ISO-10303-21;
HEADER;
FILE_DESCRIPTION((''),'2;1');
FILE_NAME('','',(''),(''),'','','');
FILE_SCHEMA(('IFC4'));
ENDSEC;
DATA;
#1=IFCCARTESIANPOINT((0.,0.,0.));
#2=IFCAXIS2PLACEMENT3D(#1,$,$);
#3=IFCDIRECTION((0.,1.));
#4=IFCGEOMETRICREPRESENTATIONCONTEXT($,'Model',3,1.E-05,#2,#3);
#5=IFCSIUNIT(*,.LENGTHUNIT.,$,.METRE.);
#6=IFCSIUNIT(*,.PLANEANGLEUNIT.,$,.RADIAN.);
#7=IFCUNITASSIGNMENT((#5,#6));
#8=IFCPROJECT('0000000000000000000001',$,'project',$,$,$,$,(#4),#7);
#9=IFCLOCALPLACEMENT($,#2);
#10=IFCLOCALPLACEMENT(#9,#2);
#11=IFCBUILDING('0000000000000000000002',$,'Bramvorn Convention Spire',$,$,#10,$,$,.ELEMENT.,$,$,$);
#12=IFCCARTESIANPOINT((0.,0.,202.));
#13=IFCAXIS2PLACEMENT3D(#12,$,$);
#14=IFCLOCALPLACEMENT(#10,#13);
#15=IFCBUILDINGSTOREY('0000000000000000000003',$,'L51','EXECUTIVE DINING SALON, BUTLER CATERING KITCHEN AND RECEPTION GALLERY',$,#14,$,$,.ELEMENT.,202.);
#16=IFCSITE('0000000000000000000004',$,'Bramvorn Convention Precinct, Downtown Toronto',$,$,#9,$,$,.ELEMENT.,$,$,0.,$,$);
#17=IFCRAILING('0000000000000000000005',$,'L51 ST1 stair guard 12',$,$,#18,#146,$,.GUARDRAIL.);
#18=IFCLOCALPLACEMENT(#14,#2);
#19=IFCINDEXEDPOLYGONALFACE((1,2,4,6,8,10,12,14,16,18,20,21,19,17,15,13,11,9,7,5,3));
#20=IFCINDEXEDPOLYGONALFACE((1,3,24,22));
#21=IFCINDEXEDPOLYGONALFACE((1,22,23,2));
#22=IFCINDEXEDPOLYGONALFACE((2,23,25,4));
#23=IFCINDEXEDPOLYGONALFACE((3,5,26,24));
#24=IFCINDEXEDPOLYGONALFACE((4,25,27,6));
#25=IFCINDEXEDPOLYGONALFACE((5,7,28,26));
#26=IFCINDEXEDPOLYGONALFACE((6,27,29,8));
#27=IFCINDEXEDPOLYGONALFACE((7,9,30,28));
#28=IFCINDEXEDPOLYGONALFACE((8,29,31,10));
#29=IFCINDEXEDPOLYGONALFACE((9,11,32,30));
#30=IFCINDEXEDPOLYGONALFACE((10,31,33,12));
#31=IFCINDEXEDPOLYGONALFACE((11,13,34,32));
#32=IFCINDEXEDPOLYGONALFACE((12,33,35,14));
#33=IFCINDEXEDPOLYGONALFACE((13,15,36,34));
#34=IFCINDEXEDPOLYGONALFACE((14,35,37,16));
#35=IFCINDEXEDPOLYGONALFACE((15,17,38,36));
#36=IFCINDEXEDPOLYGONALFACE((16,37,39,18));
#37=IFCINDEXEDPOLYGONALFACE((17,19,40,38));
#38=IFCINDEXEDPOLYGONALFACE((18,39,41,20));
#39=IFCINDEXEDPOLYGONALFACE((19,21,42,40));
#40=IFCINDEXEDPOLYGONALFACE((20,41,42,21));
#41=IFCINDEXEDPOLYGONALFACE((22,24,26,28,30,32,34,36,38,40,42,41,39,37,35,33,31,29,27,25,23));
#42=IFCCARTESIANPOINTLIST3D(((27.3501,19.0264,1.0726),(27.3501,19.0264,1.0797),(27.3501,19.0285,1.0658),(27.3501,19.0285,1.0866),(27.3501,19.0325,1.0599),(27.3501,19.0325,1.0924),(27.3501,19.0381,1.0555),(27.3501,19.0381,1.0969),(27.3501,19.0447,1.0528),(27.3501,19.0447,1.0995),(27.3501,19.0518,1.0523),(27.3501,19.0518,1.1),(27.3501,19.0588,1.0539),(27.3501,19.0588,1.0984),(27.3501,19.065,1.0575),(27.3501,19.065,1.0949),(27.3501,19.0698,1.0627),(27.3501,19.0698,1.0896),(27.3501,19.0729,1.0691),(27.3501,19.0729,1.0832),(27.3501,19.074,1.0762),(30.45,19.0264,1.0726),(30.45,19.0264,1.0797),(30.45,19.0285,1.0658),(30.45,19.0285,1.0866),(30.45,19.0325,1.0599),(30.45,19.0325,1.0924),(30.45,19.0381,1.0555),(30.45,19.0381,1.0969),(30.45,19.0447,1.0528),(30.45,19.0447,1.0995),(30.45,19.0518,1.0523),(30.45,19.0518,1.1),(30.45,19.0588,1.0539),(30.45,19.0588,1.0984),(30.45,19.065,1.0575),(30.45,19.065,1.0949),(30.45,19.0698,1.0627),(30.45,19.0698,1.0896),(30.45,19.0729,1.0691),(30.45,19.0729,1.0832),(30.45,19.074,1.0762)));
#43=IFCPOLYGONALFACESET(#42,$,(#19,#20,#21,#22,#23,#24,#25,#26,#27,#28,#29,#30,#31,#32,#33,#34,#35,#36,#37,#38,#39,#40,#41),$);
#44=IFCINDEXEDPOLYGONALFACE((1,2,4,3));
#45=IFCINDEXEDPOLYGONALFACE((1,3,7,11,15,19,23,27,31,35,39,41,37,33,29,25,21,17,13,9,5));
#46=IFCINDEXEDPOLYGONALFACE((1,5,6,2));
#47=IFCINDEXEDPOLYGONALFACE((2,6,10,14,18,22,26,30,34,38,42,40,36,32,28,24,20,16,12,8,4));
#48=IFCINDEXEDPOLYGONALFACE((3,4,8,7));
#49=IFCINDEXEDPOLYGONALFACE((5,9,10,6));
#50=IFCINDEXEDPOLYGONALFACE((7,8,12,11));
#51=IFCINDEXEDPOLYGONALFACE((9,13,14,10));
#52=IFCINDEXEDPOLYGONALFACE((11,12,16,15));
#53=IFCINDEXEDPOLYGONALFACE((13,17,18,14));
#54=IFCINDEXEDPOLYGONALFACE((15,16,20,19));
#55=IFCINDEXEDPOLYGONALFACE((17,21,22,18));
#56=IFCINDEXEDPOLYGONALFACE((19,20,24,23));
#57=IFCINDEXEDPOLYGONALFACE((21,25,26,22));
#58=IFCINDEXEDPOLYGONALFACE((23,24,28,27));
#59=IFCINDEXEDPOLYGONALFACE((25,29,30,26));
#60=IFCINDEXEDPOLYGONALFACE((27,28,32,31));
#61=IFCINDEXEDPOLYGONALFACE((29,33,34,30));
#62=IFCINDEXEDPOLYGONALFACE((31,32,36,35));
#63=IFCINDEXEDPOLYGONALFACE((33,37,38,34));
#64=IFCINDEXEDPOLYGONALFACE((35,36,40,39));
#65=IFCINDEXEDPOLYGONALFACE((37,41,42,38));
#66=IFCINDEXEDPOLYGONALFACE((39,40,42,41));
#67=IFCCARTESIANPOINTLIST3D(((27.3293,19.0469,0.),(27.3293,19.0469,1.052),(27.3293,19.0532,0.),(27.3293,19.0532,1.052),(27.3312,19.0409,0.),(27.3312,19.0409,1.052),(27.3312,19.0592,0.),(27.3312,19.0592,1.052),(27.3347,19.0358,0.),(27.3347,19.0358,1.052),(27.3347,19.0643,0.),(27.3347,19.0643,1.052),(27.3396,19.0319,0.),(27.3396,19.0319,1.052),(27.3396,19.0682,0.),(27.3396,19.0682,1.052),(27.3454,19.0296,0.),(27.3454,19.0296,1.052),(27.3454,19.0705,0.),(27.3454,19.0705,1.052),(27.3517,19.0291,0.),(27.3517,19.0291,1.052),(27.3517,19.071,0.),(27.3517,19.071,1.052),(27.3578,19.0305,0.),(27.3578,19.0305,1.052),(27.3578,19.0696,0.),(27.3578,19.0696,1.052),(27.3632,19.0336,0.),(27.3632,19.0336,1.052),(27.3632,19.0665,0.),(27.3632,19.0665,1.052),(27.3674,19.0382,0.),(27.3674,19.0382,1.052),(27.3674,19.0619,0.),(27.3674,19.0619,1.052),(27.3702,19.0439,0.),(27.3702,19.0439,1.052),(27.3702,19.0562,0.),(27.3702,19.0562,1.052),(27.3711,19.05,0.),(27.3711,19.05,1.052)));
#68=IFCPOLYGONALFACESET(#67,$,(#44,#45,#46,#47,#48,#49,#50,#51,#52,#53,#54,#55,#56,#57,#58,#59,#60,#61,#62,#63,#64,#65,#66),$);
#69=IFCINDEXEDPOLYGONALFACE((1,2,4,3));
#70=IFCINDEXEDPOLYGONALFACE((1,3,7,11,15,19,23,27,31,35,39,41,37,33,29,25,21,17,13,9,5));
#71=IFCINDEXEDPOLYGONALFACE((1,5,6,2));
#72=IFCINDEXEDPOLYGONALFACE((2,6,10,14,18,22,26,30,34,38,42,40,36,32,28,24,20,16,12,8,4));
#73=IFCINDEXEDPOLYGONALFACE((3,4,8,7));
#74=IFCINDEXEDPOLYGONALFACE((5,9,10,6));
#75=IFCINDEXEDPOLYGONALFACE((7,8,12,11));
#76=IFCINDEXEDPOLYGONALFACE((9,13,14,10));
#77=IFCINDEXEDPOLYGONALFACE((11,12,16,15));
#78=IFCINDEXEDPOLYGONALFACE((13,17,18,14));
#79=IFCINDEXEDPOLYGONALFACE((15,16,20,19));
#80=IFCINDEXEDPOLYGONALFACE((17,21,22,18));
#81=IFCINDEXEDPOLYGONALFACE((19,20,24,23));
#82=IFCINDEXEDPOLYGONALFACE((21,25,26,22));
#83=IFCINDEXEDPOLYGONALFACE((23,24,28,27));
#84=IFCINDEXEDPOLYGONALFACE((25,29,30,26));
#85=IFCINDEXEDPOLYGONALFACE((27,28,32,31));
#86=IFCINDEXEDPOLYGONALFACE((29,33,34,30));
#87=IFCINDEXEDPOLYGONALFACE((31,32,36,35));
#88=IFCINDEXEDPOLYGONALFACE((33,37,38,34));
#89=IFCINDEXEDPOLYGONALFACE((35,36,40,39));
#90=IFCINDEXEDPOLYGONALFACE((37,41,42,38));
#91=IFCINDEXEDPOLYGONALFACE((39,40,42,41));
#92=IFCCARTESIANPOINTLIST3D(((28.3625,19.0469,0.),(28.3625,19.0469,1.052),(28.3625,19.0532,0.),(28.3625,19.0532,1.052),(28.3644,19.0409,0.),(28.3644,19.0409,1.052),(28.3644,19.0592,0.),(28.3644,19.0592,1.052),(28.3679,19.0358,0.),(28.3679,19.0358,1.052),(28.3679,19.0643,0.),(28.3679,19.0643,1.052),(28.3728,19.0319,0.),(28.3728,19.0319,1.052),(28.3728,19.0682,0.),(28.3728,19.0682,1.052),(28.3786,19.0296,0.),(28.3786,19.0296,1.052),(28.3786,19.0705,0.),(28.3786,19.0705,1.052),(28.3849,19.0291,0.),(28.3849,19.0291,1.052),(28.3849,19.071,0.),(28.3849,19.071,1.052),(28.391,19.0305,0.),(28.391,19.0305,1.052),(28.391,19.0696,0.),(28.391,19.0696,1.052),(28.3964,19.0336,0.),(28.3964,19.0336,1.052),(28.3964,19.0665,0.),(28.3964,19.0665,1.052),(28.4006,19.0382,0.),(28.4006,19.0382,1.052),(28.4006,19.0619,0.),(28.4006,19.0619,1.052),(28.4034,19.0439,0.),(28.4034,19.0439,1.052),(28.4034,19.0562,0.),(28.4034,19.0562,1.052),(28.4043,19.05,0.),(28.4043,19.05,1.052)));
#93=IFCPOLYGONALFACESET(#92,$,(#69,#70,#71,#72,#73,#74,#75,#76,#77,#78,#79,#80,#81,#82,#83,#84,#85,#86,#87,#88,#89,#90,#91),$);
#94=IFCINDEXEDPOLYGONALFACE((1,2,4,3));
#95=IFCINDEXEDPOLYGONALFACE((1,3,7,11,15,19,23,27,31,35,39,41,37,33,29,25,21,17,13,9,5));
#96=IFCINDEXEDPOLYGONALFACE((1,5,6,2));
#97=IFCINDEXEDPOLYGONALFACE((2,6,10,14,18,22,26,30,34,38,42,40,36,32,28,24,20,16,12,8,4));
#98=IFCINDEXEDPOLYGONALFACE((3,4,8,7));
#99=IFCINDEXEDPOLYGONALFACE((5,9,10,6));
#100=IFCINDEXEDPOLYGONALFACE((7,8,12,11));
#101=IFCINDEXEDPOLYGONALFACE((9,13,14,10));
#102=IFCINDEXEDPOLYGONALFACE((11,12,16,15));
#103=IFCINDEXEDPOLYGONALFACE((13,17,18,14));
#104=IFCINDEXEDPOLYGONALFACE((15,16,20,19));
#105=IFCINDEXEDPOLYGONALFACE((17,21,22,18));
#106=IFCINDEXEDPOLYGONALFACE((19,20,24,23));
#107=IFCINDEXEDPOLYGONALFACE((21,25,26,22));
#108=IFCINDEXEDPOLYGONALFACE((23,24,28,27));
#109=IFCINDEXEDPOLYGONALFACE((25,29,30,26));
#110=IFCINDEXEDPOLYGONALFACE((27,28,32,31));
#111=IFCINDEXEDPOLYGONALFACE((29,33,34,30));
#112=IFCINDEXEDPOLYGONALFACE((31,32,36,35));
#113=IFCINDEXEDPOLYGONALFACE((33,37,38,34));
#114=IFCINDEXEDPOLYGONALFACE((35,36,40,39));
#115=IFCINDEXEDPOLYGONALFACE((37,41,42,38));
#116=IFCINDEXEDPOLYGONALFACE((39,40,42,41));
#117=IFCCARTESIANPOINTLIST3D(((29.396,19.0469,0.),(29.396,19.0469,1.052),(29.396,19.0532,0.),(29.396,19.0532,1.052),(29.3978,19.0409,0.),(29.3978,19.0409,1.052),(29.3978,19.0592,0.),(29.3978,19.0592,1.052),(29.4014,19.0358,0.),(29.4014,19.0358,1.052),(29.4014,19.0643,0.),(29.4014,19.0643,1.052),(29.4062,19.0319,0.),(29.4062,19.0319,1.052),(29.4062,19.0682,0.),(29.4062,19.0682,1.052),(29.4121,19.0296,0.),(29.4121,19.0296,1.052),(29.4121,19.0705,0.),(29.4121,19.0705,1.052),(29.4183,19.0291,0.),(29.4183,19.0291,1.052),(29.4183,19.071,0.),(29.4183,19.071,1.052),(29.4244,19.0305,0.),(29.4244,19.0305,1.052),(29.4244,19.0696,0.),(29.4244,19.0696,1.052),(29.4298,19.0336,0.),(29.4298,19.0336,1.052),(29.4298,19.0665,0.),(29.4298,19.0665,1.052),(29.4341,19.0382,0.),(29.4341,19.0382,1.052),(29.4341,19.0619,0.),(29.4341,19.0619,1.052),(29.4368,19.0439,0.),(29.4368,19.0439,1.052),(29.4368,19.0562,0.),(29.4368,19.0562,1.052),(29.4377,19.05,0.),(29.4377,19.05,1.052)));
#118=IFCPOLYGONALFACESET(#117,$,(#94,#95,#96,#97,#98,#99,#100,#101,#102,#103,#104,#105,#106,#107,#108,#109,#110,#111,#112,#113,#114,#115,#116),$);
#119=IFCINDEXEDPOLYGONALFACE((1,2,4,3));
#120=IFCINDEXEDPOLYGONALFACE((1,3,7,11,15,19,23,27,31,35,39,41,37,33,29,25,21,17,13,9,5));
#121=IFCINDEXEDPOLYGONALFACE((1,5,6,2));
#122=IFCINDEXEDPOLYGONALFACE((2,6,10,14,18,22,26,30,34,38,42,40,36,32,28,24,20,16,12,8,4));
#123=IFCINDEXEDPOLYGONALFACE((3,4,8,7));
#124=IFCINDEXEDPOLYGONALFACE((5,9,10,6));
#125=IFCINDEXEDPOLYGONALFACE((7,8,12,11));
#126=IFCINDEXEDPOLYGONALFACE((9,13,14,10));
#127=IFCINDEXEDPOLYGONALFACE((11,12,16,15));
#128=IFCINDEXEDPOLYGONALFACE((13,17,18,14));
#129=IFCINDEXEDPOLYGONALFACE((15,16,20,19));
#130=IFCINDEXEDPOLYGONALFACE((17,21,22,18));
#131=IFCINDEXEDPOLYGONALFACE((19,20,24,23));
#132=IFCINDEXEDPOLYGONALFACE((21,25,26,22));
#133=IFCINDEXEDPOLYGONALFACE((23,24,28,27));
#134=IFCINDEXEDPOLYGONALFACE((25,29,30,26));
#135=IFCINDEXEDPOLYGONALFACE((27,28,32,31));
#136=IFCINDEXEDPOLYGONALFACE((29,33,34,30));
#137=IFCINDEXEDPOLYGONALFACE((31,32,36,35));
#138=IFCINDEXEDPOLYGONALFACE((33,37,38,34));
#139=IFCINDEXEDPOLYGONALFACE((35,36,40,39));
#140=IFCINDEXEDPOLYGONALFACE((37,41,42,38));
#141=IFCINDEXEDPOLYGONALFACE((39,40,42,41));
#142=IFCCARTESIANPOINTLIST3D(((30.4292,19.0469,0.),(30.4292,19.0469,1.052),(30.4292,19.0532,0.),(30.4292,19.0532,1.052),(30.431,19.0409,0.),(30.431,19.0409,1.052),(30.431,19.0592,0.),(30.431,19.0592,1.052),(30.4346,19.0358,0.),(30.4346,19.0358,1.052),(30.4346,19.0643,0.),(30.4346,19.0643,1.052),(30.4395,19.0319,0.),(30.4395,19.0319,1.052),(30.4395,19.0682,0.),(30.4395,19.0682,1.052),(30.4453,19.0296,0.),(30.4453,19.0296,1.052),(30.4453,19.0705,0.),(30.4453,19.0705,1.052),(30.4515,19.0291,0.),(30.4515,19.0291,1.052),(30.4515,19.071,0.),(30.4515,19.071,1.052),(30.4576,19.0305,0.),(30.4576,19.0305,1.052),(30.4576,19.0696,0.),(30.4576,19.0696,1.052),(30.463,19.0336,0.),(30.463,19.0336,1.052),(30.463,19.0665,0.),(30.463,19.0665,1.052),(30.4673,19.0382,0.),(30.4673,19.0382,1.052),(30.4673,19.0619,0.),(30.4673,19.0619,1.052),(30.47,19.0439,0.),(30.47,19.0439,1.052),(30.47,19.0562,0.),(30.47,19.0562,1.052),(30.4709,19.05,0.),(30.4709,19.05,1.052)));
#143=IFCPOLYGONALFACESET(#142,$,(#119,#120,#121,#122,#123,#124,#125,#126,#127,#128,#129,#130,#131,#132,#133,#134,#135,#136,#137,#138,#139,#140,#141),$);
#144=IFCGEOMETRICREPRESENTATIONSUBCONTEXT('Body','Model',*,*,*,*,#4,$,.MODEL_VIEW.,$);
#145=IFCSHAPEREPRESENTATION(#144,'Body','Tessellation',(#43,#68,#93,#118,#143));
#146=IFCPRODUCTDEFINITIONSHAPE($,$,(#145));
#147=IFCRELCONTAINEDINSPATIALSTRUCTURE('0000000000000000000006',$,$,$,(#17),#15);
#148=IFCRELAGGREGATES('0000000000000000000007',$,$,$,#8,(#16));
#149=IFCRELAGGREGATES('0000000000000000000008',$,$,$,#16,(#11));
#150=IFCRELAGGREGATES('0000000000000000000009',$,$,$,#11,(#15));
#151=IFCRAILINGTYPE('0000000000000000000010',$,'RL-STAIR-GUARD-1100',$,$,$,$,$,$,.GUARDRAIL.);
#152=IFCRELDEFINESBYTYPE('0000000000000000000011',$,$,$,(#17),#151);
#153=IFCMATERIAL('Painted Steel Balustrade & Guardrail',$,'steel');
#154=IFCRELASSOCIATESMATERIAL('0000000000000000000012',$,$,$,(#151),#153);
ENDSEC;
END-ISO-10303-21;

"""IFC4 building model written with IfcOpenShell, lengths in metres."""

from ifc_helpers import new_model, si_unit, direction, frame, origin, origin_2d, place, context, subcontext, project, spatial, circle, extrude, material, type_object, element, save


model = new_model("IFC4")

# Units and contexts
model_context = context("Model", 3, precision=1e-05, world=origin(), true_north=direction((0.0, 1.0)))
body_context = subcontext(model_context, "Body", "Model", "MODEL_VIEW")
ifc_project = project(units=[si_unit("LENGTHUNIT", "METRE"), si_unit("PLANEANGLEUNIT", "RADIAN")], contexts=[model_context])

# Site, building, storey
site_placement = place(None, origin())
site = spatial("IfcSite", under=ifc_project, at=site_placement, Name="Bramvorn Convention Precinct, Downtown Toronto", CompositionType="ELEMENT", RefElevation=0.0)
building_placement = place(site_placement, origin())
building = spatial("IfcBuilding", under=site, at=building_placement, Name="Bramvorn Convention Spire", CompositionType="ELEMENT")
storey_placement = place(building_placement, frame((0.0, 0.0, 202.0)))
storey = spatial("IfcBuildingStorey", under=building, at=storey_placement, Name="L51", Description="EXECUTIVE DINING SALON, BUTLER CATERING KITCHEN AND RECEPTION GALLERY", CompositionType="ELEMENT", Elevation=202.0)

# Railing
ifc_material_1 = material(Name="Painted Steel Balustrade & Guardrail", Category="steel")
railing_type_1 = type_object("IfcRailingType", Name="RL-STAIR-GUARD-1100", PredefinedType="GUARDRAIL", material=ifc_material_1)
railing_1_placement = place(storey_placement, frame((27.3501, 19.05, 0.0)))
element("IfcRailing", 1, at=railing_1_placement, inside=storey, type_object=railing_type_1, Name="L51 ST1 stair guard 12", PredefinedType="GUARDRAIL", context=body_context, shape_type="SweptSolid", body=[
    extrude(circle(Radius=0.0239, at=origin_2d()), frame((0.0, 0.0, 1.0762), z_axis=(1.0, 0.0, 0.0), x_axis=(0.0, 1.0, 0.0)), (0.0, 0.0, 1.0), 3.0999),
    extrude(circle(Radius=0.021, at=origin_2d()), origin(), (0.0, 0.0, 1.0), 1.052),
    extrude(circle(Radius=0.021, at=origin_2d()), frame((1.0332, 0.0, 0.0)), (0.0, 0.0, 1.0), 1.052),
    extrude(circle(Radius=0.021, at=origin_2d()), frame((2.0667, 0.0, 0.0)), (0.0, 0.0, 1.0), 1.052),
    extrude(circle(Radius=0.021, at=origin_2d()), frame((3.0999, 0.0, 0.0)), (0.0, 0.0, 1.0), 1.052),
])

save(model, "model.ifc")
